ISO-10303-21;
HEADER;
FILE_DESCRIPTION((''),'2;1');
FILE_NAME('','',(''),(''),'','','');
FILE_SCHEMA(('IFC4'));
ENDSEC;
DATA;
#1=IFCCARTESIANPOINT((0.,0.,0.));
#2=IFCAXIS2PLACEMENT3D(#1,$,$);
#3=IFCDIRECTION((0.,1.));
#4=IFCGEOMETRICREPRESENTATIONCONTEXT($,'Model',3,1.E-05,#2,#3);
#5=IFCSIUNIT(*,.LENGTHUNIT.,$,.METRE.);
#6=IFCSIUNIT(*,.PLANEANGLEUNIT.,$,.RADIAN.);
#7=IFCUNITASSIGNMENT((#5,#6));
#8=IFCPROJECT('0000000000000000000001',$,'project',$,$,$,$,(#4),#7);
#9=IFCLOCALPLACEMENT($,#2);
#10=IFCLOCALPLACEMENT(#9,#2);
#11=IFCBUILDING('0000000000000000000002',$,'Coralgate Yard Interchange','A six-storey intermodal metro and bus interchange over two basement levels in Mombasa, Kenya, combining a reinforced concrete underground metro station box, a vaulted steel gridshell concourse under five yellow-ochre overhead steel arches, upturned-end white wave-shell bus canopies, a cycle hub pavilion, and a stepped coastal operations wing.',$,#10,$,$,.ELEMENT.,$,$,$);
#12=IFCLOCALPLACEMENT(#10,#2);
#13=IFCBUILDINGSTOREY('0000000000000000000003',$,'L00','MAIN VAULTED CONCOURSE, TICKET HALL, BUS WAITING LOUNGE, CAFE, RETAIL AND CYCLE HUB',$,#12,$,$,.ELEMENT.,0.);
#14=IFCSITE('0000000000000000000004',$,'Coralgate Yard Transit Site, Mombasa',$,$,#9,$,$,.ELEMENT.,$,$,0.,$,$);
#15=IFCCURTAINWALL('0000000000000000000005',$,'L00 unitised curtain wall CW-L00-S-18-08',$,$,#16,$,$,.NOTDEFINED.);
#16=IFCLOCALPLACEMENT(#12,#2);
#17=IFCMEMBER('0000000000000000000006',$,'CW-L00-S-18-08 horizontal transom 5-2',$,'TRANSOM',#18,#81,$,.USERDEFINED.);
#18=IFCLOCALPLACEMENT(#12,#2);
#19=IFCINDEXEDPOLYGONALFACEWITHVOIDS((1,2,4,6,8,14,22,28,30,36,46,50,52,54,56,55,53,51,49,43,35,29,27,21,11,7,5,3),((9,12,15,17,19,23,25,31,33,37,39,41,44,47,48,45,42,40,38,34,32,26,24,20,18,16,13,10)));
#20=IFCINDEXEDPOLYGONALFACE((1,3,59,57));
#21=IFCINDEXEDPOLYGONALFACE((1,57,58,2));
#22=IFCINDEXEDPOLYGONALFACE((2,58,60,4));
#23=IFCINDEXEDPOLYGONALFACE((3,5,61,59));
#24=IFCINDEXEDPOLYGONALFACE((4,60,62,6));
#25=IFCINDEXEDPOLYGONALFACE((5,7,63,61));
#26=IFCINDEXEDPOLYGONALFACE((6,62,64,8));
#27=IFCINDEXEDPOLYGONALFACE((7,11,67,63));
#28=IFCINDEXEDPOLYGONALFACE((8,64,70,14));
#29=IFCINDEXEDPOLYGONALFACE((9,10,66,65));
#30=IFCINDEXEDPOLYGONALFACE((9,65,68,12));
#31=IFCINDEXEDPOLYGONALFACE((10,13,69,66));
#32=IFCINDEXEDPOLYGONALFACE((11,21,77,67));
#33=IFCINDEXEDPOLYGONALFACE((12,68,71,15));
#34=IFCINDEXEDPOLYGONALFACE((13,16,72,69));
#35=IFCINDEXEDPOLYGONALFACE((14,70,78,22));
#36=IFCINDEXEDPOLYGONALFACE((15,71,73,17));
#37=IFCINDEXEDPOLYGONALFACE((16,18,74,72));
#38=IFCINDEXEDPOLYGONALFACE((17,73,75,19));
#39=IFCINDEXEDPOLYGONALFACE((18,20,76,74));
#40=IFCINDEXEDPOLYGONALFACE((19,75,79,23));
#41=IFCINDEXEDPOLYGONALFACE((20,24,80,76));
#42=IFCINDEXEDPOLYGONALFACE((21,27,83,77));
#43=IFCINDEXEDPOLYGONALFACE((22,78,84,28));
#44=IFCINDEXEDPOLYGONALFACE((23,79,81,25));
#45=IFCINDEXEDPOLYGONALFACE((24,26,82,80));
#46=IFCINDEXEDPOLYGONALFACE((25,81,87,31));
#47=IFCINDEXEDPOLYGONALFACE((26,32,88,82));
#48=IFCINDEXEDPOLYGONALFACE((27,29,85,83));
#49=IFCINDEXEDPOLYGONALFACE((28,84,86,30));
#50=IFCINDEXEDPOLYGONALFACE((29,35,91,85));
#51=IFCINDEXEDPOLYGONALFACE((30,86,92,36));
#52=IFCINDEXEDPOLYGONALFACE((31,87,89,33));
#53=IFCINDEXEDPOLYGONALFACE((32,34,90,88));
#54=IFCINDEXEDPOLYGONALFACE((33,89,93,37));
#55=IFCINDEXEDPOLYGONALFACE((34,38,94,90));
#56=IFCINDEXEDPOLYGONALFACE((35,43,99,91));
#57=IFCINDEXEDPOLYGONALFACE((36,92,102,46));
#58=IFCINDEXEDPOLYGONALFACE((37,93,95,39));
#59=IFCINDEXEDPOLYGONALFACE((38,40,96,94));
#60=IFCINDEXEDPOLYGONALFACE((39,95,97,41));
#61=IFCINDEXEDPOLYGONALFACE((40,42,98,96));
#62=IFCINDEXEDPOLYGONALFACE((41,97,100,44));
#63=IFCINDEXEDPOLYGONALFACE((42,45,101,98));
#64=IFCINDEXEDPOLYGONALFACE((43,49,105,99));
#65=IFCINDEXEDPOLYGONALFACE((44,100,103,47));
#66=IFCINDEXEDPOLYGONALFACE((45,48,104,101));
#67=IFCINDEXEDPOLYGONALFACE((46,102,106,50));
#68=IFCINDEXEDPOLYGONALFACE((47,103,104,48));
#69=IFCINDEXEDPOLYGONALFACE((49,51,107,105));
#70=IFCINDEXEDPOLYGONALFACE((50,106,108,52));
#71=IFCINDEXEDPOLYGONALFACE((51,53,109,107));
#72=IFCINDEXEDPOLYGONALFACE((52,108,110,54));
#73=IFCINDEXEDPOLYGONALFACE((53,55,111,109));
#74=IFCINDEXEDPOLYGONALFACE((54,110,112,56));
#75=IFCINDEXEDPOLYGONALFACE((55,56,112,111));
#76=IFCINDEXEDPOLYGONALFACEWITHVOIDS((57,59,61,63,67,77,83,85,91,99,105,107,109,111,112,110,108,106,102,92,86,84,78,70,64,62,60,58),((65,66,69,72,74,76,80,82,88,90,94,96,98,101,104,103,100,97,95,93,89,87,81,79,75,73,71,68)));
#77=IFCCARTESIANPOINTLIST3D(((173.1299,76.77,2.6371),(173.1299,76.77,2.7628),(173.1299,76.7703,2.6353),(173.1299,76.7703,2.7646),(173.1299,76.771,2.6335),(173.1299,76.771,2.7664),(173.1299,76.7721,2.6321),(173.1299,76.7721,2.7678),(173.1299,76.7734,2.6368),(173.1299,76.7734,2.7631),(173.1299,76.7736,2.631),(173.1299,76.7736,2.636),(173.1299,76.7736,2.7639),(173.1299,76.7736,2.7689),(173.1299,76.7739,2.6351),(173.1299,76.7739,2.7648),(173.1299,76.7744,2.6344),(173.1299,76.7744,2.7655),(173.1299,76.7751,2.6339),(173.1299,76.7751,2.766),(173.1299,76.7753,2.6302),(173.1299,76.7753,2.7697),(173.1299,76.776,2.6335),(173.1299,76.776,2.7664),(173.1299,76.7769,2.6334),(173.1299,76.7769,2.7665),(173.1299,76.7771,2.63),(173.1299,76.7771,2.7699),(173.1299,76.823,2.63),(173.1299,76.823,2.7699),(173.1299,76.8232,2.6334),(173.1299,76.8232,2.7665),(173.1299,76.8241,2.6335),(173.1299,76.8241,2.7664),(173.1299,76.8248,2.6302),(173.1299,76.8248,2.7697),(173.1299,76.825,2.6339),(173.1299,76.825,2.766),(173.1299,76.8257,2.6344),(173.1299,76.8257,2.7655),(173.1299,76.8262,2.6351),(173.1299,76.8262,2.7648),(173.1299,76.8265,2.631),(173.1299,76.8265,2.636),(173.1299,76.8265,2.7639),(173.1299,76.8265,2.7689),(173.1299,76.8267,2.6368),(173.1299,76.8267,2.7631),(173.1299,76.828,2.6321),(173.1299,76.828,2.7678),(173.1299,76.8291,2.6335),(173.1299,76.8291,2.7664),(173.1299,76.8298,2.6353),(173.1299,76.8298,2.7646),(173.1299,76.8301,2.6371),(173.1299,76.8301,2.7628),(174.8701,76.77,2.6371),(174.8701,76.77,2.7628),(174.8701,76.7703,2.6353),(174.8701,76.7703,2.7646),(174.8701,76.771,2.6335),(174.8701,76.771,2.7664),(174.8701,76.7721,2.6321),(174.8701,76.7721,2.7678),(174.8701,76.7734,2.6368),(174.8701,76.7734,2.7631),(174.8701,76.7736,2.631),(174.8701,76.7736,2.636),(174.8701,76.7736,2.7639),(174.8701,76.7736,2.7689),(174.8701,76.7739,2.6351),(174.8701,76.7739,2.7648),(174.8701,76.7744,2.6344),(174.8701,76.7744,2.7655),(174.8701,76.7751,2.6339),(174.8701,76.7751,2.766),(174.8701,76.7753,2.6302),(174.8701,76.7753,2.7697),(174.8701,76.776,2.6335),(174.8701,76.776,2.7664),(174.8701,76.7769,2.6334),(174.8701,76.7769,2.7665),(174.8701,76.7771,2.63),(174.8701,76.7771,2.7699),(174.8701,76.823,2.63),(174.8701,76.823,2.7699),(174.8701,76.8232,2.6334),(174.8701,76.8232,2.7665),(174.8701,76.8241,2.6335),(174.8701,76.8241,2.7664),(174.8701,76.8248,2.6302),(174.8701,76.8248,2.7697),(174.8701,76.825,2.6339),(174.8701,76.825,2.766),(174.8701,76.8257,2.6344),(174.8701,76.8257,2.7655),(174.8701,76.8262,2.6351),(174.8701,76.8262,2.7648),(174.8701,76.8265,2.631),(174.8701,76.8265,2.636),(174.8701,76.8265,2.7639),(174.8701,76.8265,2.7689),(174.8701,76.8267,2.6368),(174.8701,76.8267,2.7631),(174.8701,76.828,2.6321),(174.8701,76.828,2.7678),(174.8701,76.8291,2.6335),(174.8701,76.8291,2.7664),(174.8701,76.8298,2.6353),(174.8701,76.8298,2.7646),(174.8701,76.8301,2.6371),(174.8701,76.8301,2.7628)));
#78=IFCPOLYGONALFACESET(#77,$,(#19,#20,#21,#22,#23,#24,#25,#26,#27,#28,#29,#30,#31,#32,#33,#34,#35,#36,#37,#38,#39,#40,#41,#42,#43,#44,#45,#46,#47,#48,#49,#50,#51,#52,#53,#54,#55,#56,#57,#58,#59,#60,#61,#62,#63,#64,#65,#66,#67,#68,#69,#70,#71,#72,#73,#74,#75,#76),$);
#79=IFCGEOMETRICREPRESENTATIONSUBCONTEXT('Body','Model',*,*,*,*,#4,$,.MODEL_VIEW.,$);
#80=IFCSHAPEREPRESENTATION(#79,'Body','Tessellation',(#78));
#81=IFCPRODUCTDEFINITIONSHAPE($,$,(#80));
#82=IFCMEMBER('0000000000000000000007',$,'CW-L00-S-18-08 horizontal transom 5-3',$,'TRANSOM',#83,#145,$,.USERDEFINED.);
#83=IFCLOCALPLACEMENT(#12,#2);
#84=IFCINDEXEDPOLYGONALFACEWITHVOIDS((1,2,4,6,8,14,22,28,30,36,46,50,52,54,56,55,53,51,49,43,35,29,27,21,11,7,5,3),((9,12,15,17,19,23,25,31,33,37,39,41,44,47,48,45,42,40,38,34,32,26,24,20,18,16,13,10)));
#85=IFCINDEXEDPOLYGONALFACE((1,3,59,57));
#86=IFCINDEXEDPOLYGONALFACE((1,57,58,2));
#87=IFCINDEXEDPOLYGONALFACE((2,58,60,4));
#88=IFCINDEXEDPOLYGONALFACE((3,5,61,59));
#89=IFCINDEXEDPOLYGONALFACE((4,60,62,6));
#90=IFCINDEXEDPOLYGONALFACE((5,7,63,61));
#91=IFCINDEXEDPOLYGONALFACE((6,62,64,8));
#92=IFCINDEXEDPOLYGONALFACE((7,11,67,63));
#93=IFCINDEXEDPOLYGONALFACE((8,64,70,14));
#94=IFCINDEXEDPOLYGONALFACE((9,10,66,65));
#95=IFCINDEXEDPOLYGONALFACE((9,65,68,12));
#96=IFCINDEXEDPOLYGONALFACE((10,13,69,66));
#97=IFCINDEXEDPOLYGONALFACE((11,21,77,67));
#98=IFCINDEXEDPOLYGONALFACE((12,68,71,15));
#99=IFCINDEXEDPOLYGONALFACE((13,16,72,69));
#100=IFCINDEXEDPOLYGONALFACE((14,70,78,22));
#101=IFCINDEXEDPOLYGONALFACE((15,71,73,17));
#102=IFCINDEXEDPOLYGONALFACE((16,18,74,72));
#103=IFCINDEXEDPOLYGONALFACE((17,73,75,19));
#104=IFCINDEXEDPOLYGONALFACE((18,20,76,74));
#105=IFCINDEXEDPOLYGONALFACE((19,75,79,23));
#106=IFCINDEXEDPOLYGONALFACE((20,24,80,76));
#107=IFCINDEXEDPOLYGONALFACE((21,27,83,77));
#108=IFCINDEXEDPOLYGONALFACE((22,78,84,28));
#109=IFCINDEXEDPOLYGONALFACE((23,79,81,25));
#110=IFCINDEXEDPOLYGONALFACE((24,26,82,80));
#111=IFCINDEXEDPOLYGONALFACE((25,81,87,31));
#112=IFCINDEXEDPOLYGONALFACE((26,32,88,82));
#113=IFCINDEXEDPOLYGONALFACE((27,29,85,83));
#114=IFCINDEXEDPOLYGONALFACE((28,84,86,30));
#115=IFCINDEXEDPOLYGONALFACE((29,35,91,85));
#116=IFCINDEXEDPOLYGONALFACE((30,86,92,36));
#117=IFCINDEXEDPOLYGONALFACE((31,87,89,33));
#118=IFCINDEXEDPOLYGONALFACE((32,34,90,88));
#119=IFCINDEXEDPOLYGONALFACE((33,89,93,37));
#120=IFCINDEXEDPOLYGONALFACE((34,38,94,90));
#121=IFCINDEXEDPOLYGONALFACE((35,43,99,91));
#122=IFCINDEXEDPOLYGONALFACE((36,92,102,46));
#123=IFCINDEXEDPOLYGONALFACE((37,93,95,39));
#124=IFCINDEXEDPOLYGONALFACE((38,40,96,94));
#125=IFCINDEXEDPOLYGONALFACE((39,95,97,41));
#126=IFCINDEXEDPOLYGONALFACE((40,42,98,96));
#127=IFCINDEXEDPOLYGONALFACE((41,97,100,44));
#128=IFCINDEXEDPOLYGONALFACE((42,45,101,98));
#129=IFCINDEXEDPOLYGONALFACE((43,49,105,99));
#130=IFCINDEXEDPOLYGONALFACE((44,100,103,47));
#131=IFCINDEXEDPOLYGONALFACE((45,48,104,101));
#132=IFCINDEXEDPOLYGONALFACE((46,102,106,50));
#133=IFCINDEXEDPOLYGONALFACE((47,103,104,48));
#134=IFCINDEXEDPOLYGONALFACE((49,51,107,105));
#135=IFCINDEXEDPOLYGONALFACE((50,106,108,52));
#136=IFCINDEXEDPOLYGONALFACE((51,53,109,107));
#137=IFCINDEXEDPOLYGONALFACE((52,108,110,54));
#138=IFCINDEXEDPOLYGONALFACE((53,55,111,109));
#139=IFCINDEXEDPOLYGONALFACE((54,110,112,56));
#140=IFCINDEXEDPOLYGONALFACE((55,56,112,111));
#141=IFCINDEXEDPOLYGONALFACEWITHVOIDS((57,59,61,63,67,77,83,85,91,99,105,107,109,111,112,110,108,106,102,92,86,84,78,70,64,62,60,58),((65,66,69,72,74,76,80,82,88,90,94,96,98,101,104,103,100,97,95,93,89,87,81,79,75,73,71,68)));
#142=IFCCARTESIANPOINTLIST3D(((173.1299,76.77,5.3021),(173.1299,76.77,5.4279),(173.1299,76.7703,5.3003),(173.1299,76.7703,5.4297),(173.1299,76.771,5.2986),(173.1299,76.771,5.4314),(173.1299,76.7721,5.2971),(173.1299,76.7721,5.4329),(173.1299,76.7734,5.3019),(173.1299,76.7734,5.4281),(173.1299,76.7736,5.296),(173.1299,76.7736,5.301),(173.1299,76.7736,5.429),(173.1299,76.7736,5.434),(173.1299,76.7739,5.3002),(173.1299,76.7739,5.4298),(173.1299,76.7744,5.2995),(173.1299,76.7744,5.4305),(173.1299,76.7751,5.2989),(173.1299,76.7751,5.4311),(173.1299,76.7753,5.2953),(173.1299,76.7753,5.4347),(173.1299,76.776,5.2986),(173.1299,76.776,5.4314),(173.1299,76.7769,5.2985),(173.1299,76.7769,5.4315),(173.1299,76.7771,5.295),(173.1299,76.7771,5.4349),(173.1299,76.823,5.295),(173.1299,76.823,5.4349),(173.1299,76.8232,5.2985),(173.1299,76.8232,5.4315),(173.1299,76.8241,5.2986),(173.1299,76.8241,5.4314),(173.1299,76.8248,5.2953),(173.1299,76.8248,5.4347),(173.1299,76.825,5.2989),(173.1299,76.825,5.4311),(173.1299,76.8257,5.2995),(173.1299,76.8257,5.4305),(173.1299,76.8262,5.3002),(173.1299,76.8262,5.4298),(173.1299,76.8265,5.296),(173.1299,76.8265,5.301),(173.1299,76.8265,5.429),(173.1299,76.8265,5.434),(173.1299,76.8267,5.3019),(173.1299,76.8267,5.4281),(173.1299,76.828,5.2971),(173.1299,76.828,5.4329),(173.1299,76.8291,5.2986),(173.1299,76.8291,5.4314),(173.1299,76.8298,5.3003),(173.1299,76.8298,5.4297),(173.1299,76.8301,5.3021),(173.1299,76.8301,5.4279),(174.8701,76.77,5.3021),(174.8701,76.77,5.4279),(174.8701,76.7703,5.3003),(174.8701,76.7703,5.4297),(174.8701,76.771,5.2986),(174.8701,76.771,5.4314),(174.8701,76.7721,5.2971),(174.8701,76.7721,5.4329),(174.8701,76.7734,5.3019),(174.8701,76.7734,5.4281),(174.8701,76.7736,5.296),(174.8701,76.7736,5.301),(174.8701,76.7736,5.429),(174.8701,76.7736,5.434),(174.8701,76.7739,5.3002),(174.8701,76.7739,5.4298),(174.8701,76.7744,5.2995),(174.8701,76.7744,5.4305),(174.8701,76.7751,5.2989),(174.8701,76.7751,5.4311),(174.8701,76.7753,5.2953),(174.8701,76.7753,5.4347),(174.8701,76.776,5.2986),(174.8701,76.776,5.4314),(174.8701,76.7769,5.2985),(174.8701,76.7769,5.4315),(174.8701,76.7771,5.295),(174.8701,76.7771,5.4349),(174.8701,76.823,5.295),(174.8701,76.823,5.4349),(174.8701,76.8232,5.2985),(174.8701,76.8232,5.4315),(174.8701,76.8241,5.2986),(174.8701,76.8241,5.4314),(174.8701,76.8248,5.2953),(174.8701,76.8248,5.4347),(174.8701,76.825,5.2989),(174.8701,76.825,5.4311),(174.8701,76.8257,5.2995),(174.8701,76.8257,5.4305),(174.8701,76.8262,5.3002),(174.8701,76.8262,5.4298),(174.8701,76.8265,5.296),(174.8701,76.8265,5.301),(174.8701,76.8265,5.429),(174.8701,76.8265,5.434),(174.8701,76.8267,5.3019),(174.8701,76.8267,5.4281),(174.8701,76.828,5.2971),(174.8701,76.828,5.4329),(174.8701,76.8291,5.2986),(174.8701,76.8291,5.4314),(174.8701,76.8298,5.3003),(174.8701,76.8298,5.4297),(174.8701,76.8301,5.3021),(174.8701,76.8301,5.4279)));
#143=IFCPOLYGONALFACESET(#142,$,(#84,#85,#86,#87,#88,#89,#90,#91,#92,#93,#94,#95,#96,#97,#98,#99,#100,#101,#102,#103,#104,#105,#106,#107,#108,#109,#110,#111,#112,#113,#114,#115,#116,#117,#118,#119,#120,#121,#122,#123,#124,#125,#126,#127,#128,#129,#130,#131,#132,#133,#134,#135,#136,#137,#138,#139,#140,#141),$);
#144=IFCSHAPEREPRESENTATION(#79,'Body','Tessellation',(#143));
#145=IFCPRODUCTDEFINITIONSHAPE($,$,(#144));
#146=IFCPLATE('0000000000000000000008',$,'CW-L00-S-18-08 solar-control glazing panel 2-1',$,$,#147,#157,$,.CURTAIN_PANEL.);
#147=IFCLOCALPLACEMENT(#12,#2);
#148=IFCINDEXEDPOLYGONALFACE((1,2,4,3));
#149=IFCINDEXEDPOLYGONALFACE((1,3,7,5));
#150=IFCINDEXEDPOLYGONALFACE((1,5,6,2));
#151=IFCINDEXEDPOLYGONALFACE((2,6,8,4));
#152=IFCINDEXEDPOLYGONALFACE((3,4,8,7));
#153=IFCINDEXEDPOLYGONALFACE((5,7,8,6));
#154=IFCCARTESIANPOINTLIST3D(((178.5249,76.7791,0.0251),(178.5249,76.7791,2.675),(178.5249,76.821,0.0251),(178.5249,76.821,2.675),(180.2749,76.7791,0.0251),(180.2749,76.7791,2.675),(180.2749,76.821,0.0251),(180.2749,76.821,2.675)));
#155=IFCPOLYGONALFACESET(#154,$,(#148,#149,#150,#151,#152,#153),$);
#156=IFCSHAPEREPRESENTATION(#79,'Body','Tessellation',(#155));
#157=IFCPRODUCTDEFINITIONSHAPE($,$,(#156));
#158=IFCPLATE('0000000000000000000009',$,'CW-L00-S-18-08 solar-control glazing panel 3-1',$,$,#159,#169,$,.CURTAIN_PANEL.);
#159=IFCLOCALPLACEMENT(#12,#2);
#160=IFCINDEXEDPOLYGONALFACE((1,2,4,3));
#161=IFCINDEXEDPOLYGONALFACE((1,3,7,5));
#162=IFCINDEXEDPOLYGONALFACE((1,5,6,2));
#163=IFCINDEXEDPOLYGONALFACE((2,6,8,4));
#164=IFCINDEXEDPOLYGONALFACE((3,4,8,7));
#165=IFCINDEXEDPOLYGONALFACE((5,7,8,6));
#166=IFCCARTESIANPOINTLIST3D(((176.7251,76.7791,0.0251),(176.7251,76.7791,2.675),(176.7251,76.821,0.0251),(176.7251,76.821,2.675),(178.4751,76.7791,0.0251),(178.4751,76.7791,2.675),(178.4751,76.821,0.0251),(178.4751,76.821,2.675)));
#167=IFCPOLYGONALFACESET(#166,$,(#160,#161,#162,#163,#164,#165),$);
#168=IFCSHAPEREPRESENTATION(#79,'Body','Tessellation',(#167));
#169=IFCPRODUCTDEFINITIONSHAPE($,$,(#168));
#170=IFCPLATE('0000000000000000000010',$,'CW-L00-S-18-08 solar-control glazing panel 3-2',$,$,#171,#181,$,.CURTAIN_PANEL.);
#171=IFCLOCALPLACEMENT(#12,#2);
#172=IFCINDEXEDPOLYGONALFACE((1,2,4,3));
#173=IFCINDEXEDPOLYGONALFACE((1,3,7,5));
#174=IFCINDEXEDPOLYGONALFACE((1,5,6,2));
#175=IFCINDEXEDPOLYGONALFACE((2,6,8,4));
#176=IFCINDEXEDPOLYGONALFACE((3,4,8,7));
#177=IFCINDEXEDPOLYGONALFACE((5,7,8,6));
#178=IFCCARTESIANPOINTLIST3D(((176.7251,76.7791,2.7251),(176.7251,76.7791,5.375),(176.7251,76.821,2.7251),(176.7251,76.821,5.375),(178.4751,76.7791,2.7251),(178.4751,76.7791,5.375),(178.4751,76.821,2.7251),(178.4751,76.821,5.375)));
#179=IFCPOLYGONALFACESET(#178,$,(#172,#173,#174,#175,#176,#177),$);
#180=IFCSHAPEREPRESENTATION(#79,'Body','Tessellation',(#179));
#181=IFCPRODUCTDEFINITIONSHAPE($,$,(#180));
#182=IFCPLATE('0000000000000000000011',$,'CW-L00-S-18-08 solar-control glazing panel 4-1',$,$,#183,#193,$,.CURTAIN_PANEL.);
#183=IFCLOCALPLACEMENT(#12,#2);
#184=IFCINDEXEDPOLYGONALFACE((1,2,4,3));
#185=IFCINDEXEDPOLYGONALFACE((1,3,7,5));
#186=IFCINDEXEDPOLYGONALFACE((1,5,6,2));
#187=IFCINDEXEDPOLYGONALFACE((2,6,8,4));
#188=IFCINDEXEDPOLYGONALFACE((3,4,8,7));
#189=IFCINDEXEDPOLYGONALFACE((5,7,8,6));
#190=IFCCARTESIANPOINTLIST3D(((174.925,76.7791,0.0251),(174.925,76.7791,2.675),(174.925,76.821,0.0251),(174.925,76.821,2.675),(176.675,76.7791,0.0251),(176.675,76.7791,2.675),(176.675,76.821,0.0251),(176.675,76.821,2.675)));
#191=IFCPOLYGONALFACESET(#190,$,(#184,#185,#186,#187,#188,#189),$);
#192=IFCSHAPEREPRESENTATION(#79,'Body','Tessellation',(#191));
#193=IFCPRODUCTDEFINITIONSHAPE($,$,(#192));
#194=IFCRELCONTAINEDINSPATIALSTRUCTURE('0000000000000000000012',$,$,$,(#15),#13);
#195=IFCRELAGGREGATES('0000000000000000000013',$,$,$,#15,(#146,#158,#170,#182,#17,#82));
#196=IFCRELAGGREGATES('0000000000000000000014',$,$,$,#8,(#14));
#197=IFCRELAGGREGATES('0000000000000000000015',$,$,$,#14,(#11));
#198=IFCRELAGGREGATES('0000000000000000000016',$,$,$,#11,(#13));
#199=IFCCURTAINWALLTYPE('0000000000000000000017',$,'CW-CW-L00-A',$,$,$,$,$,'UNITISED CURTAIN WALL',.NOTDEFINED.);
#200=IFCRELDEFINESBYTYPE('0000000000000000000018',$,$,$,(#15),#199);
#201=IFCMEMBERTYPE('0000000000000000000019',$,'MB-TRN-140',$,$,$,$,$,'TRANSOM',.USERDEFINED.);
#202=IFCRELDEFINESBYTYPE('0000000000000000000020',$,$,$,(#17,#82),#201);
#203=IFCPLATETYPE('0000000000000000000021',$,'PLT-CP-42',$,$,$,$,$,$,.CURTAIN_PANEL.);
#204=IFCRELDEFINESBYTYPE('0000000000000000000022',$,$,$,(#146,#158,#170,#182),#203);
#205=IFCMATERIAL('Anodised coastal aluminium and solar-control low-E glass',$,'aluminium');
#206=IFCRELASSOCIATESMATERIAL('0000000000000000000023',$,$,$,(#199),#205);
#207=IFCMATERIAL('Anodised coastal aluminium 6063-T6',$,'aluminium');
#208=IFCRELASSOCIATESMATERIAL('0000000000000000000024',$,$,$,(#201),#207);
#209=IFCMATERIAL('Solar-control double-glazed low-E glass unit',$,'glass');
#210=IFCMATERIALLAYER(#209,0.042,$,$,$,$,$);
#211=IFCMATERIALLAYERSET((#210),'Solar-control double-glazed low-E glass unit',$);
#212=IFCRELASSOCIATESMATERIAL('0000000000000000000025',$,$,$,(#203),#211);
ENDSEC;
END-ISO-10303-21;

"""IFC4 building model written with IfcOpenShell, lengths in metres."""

from ifc_helpers import new_model, si_unit, direction, frame, origin, origin_2d, place, context, subcontext, project, spatial, rectangle, hollow_rectangle, extrude, material, layer, layer_set, material_profile, profile_set, type_object, element, aggregate, save


model = new_model("IFC4")

# Units and contexts
model_context = context("Model", 3, precision=1e-05, world=origin(), true_north=direction((0.0, 1.0)))
body_context = subcontext(model_context, "Body", "Model", "MODEL_VIEW")
ifc_project = project(units=[si_unit("LENGTHUNIT", "METRE"), si_unit("PLANEANGLEUNIT", "RADIAN")], contexts=[model_context])

# Site, building, storey
site_placement = place(None, origin())
site = spatial("IfcSite", under=ifc_project, at=site_placement, Name="Coralgate Yard Transit Site, Mombasa", CompositionType="ELEMENT", RefElevation=0.0)
building_placement = place(site_placement, origin())
building = spatial("IfcBuilding", under=site, at=building_placement, Name="Coralgate Yard Interchange", Description="A six-storey intermodal metro and bus interchange over two basement levels in Mombasa, Kenya, combining a reinforced concrete underground metro station box, a vaulted steel gridshell concourse under five yellow-ochre overhead steel arches, upturned-end white wave-shell bus canopies, a cycle hub pavilion, and a stepped coastal operations wing.", CompositionType="ELEMENT")
storey_placement = place(building_placement, origin())
storey = spatial("IfcBuildingStorey", under=building, at=storey_placement, Name="L00", Description="MAIN VAULTED CONCOURSE, TICKET HALL, BUS WAITING LOUNGE, CAFE, RETAIL AND CYCLE HUB", CompositionType="ELEMENT", Elevation=0.0)

# Shared definitions
ifc_material_1 = material(Name="Anodised coastal aluminium and solar-control low-E glass", Category="aluminium")
ifc_material_2 = material(Name="Anodised coastal aluminium 6063-T6", Category="aluminium")

# Curtain wall, members, plates
curtain_wall_type_1 = type_object("IfcCurtainWallType", Name="CW-CW-L00-A", ElementType="UNITISED CURTAIN WALL", PredefinedType="NOTDEFINED", material=ifc_material_1)
curtain_wall_1_placement = place(storey_placement, origin())
curtain_wall_1 = element("IfcCurtainWall", 1, at=curtain_wall_1_placement, inside=storey, type_object=curtain_wall_type_1, Name="L00 unitised curtain wall CW-L00-S-18-08", PredefinedType="NOTDEFINED")
ifc_material_profile_1 = material_profile(ifc_material_2, hollow_rectangle(XDim=0.0601, YDim=0.1399, WallThickness=0.0034, InnerFilletRadius=0.0034, OuterFilletRadius=0.0071, at=origin_2d()), Name="ALU 60x140x3.5")
ifc_profile_set_1 = profile_set([ifc_material_profile_1], Name="Anodised coastal aluminium 6063-T6")
member_type_1 = type_object("IfcMemberType", Name="MB-TRN-140", ElementType="TRANSOM", PredefinedType="USERDEFINED", material=ifc_profile_set_1)
member_1_placement = place(storey_placement, frame((174.8701, 76.8, 2.7), z_axis=(-1.0, 0.0, 0.0), x_axis=(0.0, -1.0, 0.0)))
member_1 = element("IfcMember", 2, at=member_1_placement, type_object=member_type_1, Name="CW-L00-S-18-08 horizontal transom 5-2", ObjectType="TRANSOM", PredefinedType="USERDEFINED", context=body_context, shape_type="SweptSolid", body=[
    extrude(hollow_rectangle(XDim=0.0601, YDim=0.1399, WallThickness=0.0034, InnerFilletRadius=0.0034, OuterFilletRadius=0.0071, at=origin_2d()), origin(), (0.0, 0.0, 1.0), 1.7402),
])
member_2_placement = place(storey_placement, frame((174.8701, 76.8, 5.365), z_axis=(-1.0, 0.0, 0.0), x_axis=(0.0, -1.0, 0.0)))
member_2 = element("IfcMember", 3, at=member_2_placement, type_object=member_type_1, Name="CW-L00-S-18-08 horizontal transom 5-3", ObjectType="TRANSOM", PredefinedType="USERDEFINED", context=body_context, shape_type="SweptSolid", body=[
    extrude(hollow_rectangle(XDim=0.0601, YDim=0.1399, WallThickness=0.0034, InnerFilletRadius=0.0034, OuterFilletRadius=0.0071, at=origin_2d()), origin(), (0.0, 0.0, 1.0), 1.7402),
])
ifc_material_3 = material(Name="Solar-control double-glazed low-E glass unit", Category="glass")
ifc_layer = layer(ifc_material_3, 0.042)
ifc_layer_set = layer_set([ifc_layer], Name="Solar-control double-glazed low-E glass unit")
plate_type = type_object("IfcPlateType", Name="PLT-CP-42", PredefinedType="CURTAIN_PANEL", material=ifc_layer_set)
plate_1_placement = place(storey_placement, frame((179.3999, 76.8, 0.0251), z_axis=(0.0, 0.0, 1.0), x_axis=(-1.0, 0.0, 0.0)))
plate_1 = element("IfcPlate", 4, at=plate_1_placement, type_object=plate_type, Name="CW-L00-S-18-08 solar-control glazing panel 2-1", PredefinedType="CURTAIN_PANEL", context=body_context, shape_type="SweptSolid", body=[
    extrude(rectangle(XDim=1.75, YDim=0.042, at=origin_2d()), origin(), (0.0, 0.0, 1.0), 2.6499),
])
plate_2_placement = place(storey_placement, frame((177.6001, 76.8, 0.0251), z_axis=(0.0, 0.0, 1.0), x_axis=(-1.0, 0.0, 0.0)))
plate_2 = element("IfcPlate", 5, at=plate_2_placement, type_object=plate_type, Name="CW-L00-S-18-08 solar-control glazing panel 3-1", PredefinedType="CURTAIN_PANEL", context=body_context, shape_type="SweptSolid", body=[
    extrude(rectangle(XDim=1.75, YDim=0.042, at=origin_2d()), origin(), (0.0, 0.0, 1.0), 2.6499),
])
plate_3_placement = place(storey_placement, frame((177.6001, 76.8, 2.7251), z_axis=(0.0, 0.0, 1.0), x_axis=(-1.0, 0.0, 0.0)))
plate_3 = element("IfcPlate", 6, at=plate_3_placement, type_object=plate_type, Name="CW-L00-S-18-08 solar-control glazing panel 3-2", PredefinedType="CURTAIN_PANEL", context=body_context, shape_type="SweptSolid", body=[
    extrude(rectangle(XDim=1.75, YDim=0.042, at=origin_2d()), origin(), (0.0, 0.0, 1.0), 2.6499),
])
plate_4_placement = place(storey_placement, frame((175.8, 76.8, 0.0251), z_axis=(0.0, 0.0, 1.0), x_axis=(-1.0, 0.0, 0.0)))
plate_4 = element("IfcPlate", 7, at=plate_4_placement, type_object=plate_type, Name="CW-L00-S-18-08 solar-control glazing panel 4-1", PredefinedType="CURTAIN_PANEL", context=body_context, shape_type="SweptSolid", body=[
    extrude(rectangle(XDim=1.75, YDim=0.042, at=origin_2d()), origin(), (0.0, 0.0, 1.0), 2.6499),
])
aggregate(curtain_wall_1, [plate_1, plate_2, plate_3, plate_4, member_1, member_2])

save(model, "model.ifc")
